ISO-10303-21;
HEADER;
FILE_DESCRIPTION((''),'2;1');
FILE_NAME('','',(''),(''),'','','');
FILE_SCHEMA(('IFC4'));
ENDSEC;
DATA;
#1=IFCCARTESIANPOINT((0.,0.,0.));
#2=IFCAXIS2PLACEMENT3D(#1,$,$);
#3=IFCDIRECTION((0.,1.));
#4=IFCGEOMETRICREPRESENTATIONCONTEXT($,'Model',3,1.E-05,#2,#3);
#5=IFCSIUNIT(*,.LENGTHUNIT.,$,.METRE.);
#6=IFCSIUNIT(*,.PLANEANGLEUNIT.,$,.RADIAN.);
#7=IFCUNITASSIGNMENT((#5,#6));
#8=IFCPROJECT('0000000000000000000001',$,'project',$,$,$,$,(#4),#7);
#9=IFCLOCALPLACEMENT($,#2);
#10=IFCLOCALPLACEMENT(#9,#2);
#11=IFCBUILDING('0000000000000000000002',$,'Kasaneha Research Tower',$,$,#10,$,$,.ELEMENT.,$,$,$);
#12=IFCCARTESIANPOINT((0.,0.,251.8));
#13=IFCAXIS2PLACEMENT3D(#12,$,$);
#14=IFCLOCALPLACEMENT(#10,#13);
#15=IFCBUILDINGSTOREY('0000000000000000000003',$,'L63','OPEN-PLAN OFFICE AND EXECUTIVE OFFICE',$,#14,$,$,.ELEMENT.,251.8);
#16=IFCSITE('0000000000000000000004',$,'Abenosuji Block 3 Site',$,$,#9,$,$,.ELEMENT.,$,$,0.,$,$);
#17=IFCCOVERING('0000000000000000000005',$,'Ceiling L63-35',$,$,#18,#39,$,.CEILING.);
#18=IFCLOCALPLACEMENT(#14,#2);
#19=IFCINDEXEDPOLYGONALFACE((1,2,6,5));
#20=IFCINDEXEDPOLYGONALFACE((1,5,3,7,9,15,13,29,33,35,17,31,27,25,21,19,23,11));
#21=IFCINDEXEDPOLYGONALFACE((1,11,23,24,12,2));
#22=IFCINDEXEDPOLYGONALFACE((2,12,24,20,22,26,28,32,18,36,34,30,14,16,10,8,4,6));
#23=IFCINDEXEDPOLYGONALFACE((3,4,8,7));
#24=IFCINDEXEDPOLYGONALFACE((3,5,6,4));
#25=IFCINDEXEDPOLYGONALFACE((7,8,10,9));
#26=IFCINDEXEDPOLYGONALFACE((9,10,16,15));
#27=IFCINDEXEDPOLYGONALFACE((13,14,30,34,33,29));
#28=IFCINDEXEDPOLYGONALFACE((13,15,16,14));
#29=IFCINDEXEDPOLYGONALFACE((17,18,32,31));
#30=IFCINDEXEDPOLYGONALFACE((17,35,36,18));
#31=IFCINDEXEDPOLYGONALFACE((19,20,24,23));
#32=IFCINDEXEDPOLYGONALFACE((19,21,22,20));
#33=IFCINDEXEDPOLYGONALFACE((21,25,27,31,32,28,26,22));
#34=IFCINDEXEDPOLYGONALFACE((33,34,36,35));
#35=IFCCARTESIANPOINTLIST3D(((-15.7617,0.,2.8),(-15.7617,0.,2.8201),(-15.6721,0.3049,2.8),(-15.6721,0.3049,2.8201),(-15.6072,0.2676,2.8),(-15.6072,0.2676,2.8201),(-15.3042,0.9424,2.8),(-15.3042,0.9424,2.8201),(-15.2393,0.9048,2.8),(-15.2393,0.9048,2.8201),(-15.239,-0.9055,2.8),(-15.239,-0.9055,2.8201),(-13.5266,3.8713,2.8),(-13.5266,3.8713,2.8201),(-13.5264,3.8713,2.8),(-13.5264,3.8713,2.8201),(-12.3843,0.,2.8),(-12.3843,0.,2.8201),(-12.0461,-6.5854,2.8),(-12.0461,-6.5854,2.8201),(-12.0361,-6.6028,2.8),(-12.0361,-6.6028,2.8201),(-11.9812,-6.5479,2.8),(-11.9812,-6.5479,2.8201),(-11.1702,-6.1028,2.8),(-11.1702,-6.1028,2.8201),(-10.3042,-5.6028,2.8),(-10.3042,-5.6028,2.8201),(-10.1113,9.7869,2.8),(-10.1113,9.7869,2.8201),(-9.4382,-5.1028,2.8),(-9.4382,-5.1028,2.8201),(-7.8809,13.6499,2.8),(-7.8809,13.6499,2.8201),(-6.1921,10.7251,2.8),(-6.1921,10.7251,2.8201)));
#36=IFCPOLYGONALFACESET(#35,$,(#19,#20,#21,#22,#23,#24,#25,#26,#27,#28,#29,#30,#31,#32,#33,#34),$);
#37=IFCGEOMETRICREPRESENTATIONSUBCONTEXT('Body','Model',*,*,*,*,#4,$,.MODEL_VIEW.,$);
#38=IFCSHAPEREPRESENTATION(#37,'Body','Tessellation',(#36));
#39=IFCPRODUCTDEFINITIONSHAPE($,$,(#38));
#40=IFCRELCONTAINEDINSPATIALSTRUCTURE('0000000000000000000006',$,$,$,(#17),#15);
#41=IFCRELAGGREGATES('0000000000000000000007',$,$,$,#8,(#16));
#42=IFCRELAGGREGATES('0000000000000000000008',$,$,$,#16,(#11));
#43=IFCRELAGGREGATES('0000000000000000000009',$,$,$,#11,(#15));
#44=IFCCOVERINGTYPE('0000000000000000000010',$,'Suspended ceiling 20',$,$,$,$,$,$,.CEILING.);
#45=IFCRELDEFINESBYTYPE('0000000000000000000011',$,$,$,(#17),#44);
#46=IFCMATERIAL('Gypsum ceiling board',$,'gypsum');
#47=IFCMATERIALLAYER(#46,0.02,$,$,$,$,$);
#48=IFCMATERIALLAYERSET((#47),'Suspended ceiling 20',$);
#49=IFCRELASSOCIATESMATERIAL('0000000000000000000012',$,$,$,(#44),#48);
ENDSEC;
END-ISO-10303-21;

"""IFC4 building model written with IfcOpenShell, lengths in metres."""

from ifc_helpers import new_model, si_unit, direction, frame, origin, place, context, subcontext, project, spatial, polyline, outline, extrude, material, layer, layer_set, type_object, element, save


model = new_model("IFC4")

# Units and contexts
model_context = context("Model", 3, precision=1e-05, world=origin(), true_north=direction((0.0, 1.0)))
body_context = subcontext(model_context, "Body", "Model", "MODEL_VIEW")
ifc_project = project(units=[si_unit("LENGTHUNIT", "METRE"), si_unit("PLANEANGLEUNIT", "RADIAN")], contexts=[model_context])

# Site, building, storey
site_placement = place(None, origin())
site = spatial("IfcSite", under=ifc_project, at=site_placement, Name="Abenosuji Block 3 Site", CompositionType="ELEMENT", RefElevation=0.0)
building_placement = place(site_placement, origin())
building = spatial("IfcBuilding", under=site, at=building_placement, Name="Kasaneha Research Tower", CompositionType="ELEMENT")
storey_placement = place(building_placement, frame((0.0, 0.0, 251.8)))
storey = spatial("IfcBuildingStorey", under=building, at=storey_placement, Name="L63", Description="OPEN-PLAN OFFICE AND EXECUTIVE OFFICE", CompositionType="ELEMENT", Elevation=251.8)

# Covering
ifc_material_1 = material(Name="Gypsum ceiling board", Category="gypsum")
ifc_layer_1 = layer(ifc_material_1, 0.02)
ifc_layer_set_1 = layer_set([ifc_layer_1], Name="Suspended ceiling 20")
covering_type_1 = type_object("IfcCoveringType", Name="Suspended ceiling 20", PredefinedType="CEILING", material=ifc_layer_set_1)
covering_1_placement = place(storey_placement, frame((0.0, 0.0, 2.8)))
element("IfcCovering", 1, at=covering_1_placement, inside=storey, type_object=covering_type_1, Name="Ceiling L63-35", PredefinedType="CEILING", context=body_context, shape_type="SweptSolid", body=[
    extrude(outline(polyline([(-12.3843, 0.0), (-9.4382, -5.1028), (-10.3042, -5.6028), (-10.3042, -5.6028), (-11.1702, -6.1028), (-11.1702, -6.1028), (-12.0361, -6.6028), (-12.0461, -6.5854), (-11.9812, -6.5479), (-15.239, -0.9055), (-15.239, -0.9055), (-15.7617, 0.0), (-15.6072, 0.2676), (-15.6721, 0.3049), (-15.3042, 0.9424), (-15.2393, 0.9048), (-13.5264, 3.8713), (-13.5266, 3.8713), (-10.1113, 9.7869), (-10.1113, 9.7869), (-7.8809, 13.6499), (-7.8809, 13.6499), (-6.1921, 10.7251), (-12.3843, 0.0)])), origin(), (0.0, 0.0, 1.0), 0.02),
])

save(model, "model.ifc")
